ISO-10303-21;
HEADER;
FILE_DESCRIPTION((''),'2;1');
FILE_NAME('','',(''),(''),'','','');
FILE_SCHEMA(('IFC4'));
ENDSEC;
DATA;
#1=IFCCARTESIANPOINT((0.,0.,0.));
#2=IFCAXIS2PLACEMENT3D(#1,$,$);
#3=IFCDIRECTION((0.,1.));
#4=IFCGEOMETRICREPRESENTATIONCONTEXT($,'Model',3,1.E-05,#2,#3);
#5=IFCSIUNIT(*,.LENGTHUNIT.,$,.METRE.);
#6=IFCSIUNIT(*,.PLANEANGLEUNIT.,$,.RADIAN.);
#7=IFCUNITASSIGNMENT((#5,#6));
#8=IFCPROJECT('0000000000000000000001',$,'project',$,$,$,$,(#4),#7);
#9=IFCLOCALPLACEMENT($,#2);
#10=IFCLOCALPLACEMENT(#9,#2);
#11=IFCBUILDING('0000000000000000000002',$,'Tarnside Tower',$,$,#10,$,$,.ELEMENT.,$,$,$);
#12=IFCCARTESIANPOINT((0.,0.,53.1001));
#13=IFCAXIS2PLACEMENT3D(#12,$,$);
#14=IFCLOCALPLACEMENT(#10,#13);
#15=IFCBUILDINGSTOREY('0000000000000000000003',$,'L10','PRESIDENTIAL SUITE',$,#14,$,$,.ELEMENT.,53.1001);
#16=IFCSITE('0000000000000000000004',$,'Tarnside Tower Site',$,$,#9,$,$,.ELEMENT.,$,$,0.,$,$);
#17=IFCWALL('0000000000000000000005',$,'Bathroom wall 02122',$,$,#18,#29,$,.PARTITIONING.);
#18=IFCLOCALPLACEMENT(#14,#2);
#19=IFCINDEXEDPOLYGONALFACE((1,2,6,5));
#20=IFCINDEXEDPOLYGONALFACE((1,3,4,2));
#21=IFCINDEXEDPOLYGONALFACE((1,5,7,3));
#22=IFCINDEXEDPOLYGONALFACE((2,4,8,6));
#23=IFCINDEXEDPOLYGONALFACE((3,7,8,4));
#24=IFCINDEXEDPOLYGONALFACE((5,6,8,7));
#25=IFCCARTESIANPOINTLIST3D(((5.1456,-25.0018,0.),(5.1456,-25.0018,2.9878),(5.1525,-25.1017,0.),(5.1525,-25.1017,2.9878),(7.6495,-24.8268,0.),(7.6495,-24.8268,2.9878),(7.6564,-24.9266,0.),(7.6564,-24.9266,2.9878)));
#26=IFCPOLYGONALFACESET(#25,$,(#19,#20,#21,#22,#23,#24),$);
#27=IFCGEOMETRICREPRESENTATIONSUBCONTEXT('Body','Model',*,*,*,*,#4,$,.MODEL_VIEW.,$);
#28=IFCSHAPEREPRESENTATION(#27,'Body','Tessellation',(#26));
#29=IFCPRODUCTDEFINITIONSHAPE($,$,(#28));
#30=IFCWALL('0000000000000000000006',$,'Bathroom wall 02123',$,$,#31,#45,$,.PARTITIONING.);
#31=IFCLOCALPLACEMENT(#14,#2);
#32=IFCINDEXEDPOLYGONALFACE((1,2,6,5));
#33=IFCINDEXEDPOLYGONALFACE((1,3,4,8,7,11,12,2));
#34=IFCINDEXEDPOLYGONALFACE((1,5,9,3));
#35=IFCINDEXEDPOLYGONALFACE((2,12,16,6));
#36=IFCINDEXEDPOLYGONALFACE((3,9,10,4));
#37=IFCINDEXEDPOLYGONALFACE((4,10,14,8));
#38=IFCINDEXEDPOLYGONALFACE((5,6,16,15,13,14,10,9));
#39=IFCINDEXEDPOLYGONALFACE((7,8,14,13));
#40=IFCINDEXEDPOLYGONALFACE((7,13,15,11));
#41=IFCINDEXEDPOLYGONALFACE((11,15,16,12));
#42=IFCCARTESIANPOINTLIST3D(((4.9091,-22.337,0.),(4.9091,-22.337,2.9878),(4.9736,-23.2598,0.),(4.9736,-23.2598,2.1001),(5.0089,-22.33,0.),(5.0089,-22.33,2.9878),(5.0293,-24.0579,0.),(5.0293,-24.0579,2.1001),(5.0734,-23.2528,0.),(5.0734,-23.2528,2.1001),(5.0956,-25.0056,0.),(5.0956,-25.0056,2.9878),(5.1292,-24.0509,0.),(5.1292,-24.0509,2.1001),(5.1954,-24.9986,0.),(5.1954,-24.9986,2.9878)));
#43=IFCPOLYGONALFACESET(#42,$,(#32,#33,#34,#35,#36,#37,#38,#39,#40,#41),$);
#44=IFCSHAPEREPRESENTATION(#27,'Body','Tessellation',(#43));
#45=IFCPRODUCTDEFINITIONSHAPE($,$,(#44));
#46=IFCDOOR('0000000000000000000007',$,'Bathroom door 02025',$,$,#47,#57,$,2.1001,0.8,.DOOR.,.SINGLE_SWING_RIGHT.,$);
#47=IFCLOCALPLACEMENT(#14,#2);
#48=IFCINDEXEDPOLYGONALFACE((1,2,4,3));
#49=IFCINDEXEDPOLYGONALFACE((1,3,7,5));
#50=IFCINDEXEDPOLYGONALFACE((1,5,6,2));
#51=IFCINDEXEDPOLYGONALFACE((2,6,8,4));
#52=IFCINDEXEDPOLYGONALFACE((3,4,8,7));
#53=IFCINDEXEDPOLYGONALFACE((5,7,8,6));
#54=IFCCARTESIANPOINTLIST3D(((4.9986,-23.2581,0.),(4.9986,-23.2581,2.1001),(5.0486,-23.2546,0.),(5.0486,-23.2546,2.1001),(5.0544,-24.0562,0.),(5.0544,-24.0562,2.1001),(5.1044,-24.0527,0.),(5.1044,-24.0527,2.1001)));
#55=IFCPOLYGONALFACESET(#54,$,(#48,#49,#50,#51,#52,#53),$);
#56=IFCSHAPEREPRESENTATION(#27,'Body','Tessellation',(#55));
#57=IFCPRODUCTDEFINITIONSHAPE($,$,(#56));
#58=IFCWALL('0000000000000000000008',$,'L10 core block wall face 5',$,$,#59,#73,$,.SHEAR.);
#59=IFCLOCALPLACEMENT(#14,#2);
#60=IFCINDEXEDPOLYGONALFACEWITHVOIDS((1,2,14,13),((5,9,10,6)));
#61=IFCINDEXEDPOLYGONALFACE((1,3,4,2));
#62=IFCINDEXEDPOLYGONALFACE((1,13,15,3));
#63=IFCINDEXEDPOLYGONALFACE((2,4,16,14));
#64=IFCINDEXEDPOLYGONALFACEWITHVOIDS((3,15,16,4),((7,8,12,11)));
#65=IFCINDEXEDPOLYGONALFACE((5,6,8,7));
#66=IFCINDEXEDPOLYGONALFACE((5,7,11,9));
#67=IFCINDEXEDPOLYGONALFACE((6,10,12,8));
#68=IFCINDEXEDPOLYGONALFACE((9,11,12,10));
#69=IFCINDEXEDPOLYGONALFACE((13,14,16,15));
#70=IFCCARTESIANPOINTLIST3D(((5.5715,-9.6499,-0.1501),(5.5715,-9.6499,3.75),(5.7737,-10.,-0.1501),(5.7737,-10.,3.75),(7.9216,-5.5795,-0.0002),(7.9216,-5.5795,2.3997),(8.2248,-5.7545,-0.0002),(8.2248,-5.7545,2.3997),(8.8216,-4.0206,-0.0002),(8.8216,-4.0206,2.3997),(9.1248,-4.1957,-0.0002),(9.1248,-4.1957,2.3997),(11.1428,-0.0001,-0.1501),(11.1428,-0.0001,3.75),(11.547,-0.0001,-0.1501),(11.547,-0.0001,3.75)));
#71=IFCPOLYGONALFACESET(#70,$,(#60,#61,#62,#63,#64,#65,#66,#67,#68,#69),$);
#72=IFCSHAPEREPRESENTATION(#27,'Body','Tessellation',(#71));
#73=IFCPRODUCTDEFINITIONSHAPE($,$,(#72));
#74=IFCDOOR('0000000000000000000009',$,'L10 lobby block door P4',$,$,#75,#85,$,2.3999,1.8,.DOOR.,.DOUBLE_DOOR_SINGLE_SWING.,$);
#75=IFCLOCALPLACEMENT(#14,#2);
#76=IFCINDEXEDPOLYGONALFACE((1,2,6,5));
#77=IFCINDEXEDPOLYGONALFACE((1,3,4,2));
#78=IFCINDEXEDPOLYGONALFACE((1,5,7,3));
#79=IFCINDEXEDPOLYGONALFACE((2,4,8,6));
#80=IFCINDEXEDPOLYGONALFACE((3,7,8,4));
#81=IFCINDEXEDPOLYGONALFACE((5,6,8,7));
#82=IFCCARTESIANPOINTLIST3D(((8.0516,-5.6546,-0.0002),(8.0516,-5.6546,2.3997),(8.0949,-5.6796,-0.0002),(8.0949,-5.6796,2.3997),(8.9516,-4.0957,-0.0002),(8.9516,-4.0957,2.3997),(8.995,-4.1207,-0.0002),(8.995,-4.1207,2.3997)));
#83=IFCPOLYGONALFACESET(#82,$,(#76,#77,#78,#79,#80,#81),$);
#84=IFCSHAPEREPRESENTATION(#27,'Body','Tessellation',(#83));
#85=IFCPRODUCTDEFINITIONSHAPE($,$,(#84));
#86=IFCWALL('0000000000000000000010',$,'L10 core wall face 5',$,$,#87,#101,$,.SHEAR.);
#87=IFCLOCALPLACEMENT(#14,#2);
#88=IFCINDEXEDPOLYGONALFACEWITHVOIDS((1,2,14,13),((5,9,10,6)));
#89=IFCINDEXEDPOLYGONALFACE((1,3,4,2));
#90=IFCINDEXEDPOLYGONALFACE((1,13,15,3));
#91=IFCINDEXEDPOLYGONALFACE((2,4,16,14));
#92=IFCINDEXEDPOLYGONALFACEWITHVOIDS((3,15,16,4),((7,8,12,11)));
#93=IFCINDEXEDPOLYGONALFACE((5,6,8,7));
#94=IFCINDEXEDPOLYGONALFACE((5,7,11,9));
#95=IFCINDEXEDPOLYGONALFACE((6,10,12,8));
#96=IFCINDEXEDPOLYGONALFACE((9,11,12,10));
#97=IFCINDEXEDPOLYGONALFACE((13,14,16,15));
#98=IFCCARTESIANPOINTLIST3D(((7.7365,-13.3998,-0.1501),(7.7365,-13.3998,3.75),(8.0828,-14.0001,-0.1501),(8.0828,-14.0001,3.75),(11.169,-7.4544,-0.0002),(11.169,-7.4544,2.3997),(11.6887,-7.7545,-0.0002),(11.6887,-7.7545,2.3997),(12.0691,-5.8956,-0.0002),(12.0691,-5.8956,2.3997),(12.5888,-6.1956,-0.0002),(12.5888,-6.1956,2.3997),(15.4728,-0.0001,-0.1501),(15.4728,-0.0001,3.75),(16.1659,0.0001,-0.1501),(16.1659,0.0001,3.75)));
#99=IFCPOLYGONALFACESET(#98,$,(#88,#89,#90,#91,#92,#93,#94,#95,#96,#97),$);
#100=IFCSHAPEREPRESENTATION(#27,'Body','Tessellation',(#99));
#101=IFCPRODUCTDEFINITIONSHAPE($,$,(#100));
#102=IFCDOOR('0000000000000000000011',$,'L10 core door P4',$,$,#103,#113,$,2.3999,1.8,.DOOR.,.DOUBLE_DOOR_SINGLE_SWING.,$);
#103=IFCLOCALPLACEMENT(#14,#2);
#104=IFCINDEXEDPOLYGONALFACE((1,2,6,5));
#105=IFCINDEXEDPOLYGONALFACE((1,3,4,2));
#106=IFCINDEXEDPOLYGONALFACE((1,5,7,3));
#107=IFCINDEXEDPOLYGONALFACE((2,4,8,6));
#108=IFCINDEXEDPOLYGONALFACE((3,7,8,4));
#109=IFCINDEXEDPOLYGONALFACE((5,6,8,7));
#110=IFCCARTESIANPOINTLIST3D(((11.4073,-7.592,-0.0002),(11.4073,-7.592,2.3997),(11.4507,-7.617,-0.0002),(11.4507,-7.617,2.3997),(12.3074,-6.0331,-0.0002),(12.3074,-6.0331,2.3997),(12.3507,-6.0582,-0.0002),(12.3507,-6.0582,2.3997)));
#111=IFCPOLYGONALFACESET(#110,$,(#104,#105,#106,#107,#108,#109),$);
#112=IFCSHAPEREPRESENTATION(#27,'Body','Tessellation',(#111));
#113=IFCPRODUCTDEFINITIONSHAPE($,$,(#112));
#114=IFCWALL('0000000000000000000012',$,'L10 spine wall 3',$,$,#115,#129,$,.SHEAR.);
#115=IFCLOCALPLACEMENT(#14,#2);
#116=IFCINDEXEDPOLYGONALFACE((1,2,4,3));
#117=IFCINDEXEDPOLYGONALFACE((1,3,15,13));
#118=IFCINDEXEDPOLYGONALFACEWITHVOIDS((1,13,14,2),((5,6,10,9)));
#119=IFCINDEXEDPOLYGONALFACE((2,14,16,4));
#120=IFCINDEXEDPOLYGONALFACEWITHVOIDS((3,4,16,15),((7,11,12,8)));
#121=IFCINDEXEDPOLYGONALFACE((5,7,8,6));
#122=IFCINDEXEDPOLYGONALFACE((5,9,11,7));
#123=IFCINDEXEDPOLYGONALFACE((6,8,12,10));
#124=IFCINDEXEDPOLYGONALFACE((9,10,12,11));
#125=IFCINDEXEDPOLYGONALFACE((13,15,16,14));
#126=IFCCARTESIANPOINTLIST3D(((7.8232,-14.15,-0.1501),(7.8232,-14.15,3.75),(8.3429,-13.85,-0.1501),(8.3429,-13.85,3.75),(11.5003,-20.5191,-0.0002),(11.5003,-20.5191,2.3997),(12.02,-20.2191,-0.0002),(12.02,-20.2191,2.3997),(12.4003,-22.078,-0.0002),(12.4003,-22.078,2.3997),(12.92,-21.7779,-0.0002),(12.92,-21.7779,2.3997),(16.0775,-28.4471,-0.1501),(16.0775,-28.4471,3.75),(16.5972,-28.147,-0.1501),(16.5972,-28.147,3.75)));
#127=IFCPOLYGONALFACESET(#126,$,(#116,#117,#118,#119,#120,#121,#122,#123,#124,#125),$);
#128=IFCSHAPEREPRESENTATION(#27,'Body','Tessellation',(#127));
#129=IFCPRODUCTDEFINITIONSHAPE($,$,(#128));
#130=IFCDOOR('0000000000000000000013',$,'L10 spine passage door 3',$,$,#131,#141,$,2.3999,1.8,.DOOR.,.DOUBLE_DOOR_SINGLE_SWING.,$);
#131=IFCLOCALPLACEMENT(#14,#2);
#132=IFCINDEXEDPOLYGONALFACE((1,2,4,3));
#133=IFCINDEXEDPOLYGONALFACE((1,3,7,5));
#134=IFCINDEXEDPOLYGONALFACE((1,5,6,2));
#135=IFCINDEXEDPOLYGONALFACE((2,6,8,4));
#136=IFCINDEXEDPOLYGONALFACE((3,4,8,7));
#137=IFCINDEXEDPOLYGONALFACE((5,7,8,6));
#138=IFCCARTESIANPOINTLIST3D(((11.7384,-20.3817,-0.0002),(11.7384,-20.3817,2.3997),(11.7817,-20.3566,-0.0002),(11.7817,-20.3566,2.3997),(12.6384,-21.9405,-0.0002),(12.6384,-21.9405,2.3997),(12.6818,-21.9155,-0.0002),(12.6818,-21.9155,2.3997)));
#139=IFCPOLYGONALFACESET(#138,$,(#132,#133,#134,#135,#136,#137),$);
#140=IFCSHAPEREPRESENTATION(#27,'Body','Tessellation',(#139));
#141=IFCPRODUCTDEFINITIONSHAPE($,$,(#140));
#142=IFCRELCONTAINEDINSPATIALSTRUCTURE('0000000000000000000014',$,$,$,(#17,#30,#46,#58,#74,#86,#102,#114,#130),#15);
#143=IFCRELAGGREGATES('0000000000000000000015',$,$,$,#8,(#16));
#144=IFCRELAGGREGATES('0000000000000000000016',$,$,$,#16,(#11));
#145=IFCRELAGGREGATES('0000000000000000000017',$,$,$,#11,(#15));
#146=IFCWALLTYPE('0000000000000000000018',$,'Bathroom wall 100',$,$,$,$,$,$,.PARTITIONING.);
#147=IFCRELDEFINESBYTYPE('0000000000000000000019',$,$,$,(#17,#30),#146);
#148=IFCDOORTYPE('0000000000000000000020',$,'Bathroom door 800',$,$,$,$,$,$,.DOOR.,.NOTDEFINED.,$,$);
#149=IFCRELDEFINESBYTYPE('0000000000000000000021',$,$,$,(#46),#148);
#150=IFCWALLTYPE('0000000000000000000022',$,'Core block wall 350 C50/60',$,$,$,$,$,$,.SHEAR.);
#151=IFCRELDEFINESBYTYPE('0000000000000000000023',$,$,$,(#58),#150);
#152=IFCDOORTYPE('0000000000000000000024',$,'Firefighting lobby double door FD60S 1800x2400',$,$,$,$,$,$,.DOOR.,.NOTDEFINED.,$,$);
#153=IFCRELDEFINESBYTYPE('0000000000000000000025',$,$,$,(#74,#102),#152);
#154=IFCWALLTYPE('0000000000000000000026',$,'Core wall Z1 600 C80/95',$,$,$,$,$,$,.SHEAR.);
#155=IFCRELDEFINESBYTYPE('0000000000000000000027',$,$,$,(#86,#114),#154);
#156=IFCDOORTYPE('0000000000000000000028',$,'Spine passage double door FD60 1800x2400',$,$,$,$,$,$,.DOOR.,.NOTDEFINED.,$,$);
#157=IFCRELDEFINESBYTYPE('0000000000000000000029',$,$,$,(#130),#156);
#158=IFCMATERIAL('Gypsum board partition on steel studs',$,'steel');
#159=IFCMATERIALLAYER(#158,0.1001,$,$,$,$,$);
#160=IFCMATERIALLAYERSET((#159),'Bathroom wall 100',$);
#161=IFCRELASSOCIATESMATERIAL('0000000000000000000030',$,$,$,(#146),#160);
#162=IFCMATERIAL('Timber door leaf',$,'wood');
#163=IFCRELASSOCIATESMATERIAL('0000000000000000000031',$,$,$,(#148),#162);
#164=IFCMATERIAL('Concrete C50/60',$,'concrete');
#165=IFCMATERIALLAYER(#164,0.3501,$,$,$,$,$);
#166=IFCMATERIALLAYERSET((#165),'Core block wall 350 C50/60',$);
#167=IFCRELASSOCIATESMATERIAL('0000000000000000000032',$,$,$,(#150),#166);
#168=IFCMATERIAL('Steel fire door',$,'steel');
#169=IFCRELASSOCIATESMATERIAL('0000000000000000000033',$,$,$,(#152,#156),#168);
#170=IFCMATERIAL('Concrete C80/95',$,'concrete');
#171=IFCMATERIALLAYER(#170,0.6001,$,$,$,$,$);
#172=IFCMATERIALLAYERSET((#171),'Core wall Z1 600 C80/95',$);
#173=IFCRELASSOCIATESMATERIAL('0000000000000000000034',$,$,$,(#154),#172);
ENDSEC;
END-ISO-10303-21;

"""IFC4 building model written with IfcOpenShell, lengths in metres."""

from ifc_helpers import new_model, si_unit, direction, frame, frame_2d, origin, place, context, subcontext, project, spatial, polyline, rectangle, outline, extrude, material, layer, layer_set, type_object, element, fill, save


model = new_model("IFC4")

# Units and contexts
model_context = context("Model", 3, precision=1e-05, world=origin(), true_north=direction((0.0, 1.0)))
body_context = subcontext(model_context, "Body", "Model", "MODEL_VIEW")
ifc_project = project(units=[si_unit("LENGTHUNIT", "METRE"), si_unit("PLANEANGLEUNIT", "RADIAN")], contexts=[model_context])

# Site, building, storey
site_placement = place(None, origin())
site = spatial("IfcSite", under=ifc_project, at=site_placement, Name="Tarnside Tower Site", CompositionType="ELEMENT", RefElevation=0.0)
building_placement = place(site_placement, origin())
building = spatial("IfcBuilding", under=site, at=building_placement, Name="Tarnside Tower", CompositionType="ELEMENT")
storey_placement = place(building_placement, frame((0.0, 0.0, 53.1001)))
storey = spatial("IfcBuildingStorey", under=building, at=storey_placement, Name="L10", Description="PRESIDENTIAL SUITE", CompositionType="ELEMENT", Elevation=53.1001)

# Wall
ifc_material_1 = material(Name="Gypsum board partition on steel studs", Category="steel")
ifc_layer_1 = layer(ifc_material_1, 0.1001)
ifc_layer_set_1 = layer_set([ifc_layer_1], Name="Bathroom wall 100")
wall_type_1 = type_object("IfcWallType", Name="Bathroom wall 100", PredefinedType="PARTITIONING", material=ifc_layer_set_1)
wall_1_placement = place(storey_placement, frame((7.6528, -24.8767, 0.0), z_axis=(0.0, 0.0, 1.0), x_axis=(-0.997565, -0.06974, 0.0)))
element("IfcWall", 1, at=wall_1_placement, inside=storey, type_object=wall_type_1, Name="Bathroom wall 02122", PredefinedType="PARTITIONING", context=body_context, shape_type="SweptSolid", body=[
    extrude(rectangle(XDim=2.51, YDim=0.1001, at=frame_2d((1.2549, 0.0))), origin(), (0.0, 0.0, 1.0), 2.9878),
])

# Walls, openings, doors
wall_2_placement = place(storey_placement, frame((5.1455, -25.002, 0.0), z_axis=(0.0, 0.0, 1.0), x_axis=(-0.069729, 0.997566, 0.0)))
wall_2 = element("IfcWall", 2, at=wall_2_placement, inside=storey, type_object=wall_type_1, Name="Bathroom wall 02123", PredefinedType="PARTITIONING", context=body_context, shape_type="SweptSolid", body=[
    extrude(rectangle(XDim=2.675, YDim=0.1001, at=frame_2d((1.3374, 0.0))), origin(), (0.0, 0.0, 1.0), 2.9878),
])
opening_1_placement = place(wall_2_placement, frame((0.95, 0.0, 0.0)))
opening_1 = element("IfcOpeningElement", 3, at=opening_1_placement, cuts=wall_2, PredefinedType="OPENING", context=body_context, shape_type="SweptSolid", body=[
    extrude(rectangle(XDim=0.8, YDim=2.1001, at=frame_2d((0.3999, 1.05))), frame((0.0, 0.0601, 0.0), z_axis=(0.0, -1.0, 0.0), x_axis=(1.0, 0.0, 0.0)), (0.0, 0.0, 1.0), 0.1201),
])
ifc_material_2 = material(Name="Timber door leaf", Category="wood")
door_type_1 = type_object("IfcDoorType", Name="Bathroom door 800", OperationType="NOTDEFINED", PredefinedType="DOOR", material=ifc_material_2)
door_1_placement = place(opening_1_placement, origin())
door_1 = element("IfcDoor", 4, at=door_1_placement, inside=storey, type_object=door_type_1, Name="Bathroom door 02025", OperationType="SINGLE_SWING_RIGHT", OverallHeight=2.1001, OverallWidth=0.8, PredefinedType="DOOR", context=body_context, shape_type="SweptSolid", body=[
    extrude(rectangle(XDim=0.8, YDim=2.1001, at=frame_2d((0.3999, 1.05))), frame((0.0, 0.0249, 0.0), z_axis=(0.0, -1.0, 0.0), x_axis=(1.0, 0.0, 0.0)), (0.0, 0.0, 1.0), 0.05),
])
fill(opening_1, door_1)
ifc_material_3 = material(Name="Concrete C50/60", Category="concrete")
ifc_layer_2 = layer(ifc_material_3, 0.3501)
ifc_layer_set_2 = layer_set([ifc_layer_2], Name="Core block wall 350 C50/60")
wall_type_2 = type_object("IfcWallType", Name="Core block wall 350 C50/60", PredefinedType="SHEAR", material=ifc_layer_set_2)
wall_3_placement = place(storey_placement, frame((5.6726, -9.825, -0.1501), z_axis=(0.0, 0.0, 1.0), x_axis=(0.499995, 0.866028, 0.0)))
wall_3 = element("IfcWall", 5, at=wall_3_placement, inside=storey, type_object=wall_type_2, Name="L10 core block wall face 5", PredefinedType="SHEAR", context=body_context, shape_type="SweptSolid", body=[
    extrude(outline(polyline([(-0.1011, -0.175), (11.4458, -0.175), (11.2437, 0.175), (0.1011, 0.175), (-0.1011, -0.175)])), origin(), (0.0, 0.0, 1.0), 3.9001),
])
opening_2_placement = place(wall_3_placement, frame((4.8013, 0.0, 0.1499)))
opening_2 = element("IfcOpeningElement", 6, at=opening_2_placement, cuts=wall_3, PredefinedType="OPENING", context=body_context, shape_type="SweptSolid", body=[
    extrude(rectangle(XDim=1.8, YDim=2.3999, at=frame_2d((0.8999, 1.2))), frame((0.0, 0.1851, 0.0), z_axis=(0.0, -1.0, 0.0), x_axis=(1.0, 0.0, 0.0)), (0.0, 0.0, 1.0), 0.3701),
])
ifc_material_4 = material(Name="Steel fire door", Category="steel")
door_type_2 = type_object("IfcDoorType", Name="Firefighting lobby double door FD60S 1800x2400", OperationType="NOTDEFINED", PredefinedType="DOOR", material=ifc_material_4)
door_2_placement = place(opening_2_placement, origin())
door_2 = element("IfcDoor", 7, at=door_2_placement, inside=storey, type_object=door_type_2, Name="L10 lobby block door P4", OperationType="DOUBLE_DOOR_SINGLE_SWING", OverallHeight=2.3999, OverallWidth=1.8, PredefinedType="DOOR", context=body_context, shape_type="SweptSolid", body=[
    extrude(rectangle(XDim=1.8, YDim=2.3999, at=frame_2d((0.8999, 1.2))), frame((0.0, 0.0249, 0.0), z_axis=(0.0, -1.0, 0.0), x_axis=(1.0, 0.0, 0.0)), (0.0, 0.0, 1.0), 0.05),
])
fill(opening_2, door_2)
ifc_material_5 = material(Name="Concrete C80/95", Category="concrete")
ifc_layer_3 = layer(ifc_material_5, 0.6001)
ifc_layer_set_3 = layer_set([ifc_layer_3], Name="Core wall Z1 600 C80/95")
wall_type_3 = type_object("IfcWallType", Name="Core wall Z1 600 C80/95", PredefinedType="SHEAR", material=ifc_layer_set_3)
wall_4_placement = place(storey_placement, frame((7.9097, -13.7, -0.1501), z_axis=(0.0, 0.0, 1.0), x_axis=(0.5, 0.866025, 0.0)))
wall_4 = element("IfcWall", 8, at=wall_4_placement, inside=storey, type_object=wall_type_3, Name="L10 core wall face 5", PredefinedType="SHEAR", context=body_context, shape_type="SweptSolid", body=[
    extrude(outline(polyline([(-0.1733, -0.3), (15.9927, -0.3), (15.646, 0.3), (0.1733, 0.3), (-0.1733, -0.3)])), origin(), (0.0, 0.0, 1.0), 3.9001),
])
opening_3_placement = place(wall_4_placement, frame((7.0386, 0.0, 0.1499)))
opening_3 = element("IfcOpeningElement", 9, at=opening_3_placement, cuts=wall_4, PredefinedType="OPENING", context=body_context, shape_type="SweptSolid", body=[
    extrude(rectangle(XDim=1.8, YDim=2.3999, at=frame_2d((0.8999, 1.2))), frame((0.0, 0.3101, 0.0), z_axis=(0.0, -1.0, 0.0), x_axis=(1.0, 0.0, 0.0)), (0.0, 0.0, 1.0), 0.6201),
])
door_3_placement = place(opening_3_placement, origin())
door_3 = element("IfcDoor", 10, at=door_3_placement, inside=storey, type_object=door_type_2, Name="L10 core door P4", OperationType="DOUBLE_DOOR_SINGLE_SWING", OverallHeight=2.3999, OverallWidth=1.8, PredefinedType="DOOR", context=body_context, shape_type="SweptSolid", body=[
    extrude(rectangle(XDim=1.8, YDim=2.3999, at=frame_2d((0.8999, 1.2))), frame((0.0, 0.0249, 0.0), z_axis=(0.0, -1.0, 0.0), x_axis=(1.0, 0.0, 0.0)), (0.0, 0.0, 1.0), 0.05),
])
fill(opening_3, door_3)
wall_5_placement = place(storey_placement, frame((8.083, -14.0, -0.1501), z_axis=(0.0, 0.0, 1.0), x_axis=(0.499998, -0.866027, 0.0)))
wall_5 = element("IfcWall", 11, at=wall_5_placement, inside=storey, type_object=wall_type_3, Name="L10 spine wall 3", PredefinedType="SHEAR", context=body_context, shape_type="SweptSolid", body=[
    extrude(rectangle(XDim=16.5088, YDim=0.6001, at=frame_2d((8.2544, 0.0))), origin(), (0.0, 0.0, 1.0), 3.9001),
])
opening_4_placement = place(wall_5_placement, frame((7.3545, 0.0, 0.1499)))
opening_4 = element("IfcOpeningElement", 12, at=opening_4_placement, cuts=wall_5, PredefinedType="OPENING", context=body_context, shape_type="SweptSolid", body=[
    extrude(rectangle(XDim=1.8, YDim=2.3999, at=frame_2d((0.8999, 1.2))), frame((0.0, 0.3101, 0.0), z_axis=(0.0, -1.0, 0.0), x_axis=(1.0, 0.0, 0.0)), (0.0, 0.0, 1.0), 0.6201),
])
door_type_3 = type_object("IfcDoorType", Name="Spine passage double door FD60 1800x2400", OperationType="NOTDEFINED", PredefinedType="DOOR", material=ifc_material_4)
door_4_placement = place(opening_4_placement, origin())
door_4 = element("IfcDoor", 13, at=door_4_placement, inside=storey, type_object=door_type_3, Name="L10 spine passage door 3", OperationType="DOUBLE_DOOR_SINGLE_SWING", OverallHeight=2.3999, OverallWidth=1.8, PredefinedType="DOOR", context=body_context, shape_type="SweptSolid", body=[
    extrude(rectangle(XDim=1.8, YDim=2.3999, at=frame_2d((0.8999, 1.2))), frame((0.0, 0.0249, 0.0), z_axis=(0.0, -1.0, 0.0), x_axis=(1.0, 0.0, 0.0)), (0.0, 0.0, 1.0), 0.05),
])
fill(opening_4, door_4)

save(model, "model.ifc")
